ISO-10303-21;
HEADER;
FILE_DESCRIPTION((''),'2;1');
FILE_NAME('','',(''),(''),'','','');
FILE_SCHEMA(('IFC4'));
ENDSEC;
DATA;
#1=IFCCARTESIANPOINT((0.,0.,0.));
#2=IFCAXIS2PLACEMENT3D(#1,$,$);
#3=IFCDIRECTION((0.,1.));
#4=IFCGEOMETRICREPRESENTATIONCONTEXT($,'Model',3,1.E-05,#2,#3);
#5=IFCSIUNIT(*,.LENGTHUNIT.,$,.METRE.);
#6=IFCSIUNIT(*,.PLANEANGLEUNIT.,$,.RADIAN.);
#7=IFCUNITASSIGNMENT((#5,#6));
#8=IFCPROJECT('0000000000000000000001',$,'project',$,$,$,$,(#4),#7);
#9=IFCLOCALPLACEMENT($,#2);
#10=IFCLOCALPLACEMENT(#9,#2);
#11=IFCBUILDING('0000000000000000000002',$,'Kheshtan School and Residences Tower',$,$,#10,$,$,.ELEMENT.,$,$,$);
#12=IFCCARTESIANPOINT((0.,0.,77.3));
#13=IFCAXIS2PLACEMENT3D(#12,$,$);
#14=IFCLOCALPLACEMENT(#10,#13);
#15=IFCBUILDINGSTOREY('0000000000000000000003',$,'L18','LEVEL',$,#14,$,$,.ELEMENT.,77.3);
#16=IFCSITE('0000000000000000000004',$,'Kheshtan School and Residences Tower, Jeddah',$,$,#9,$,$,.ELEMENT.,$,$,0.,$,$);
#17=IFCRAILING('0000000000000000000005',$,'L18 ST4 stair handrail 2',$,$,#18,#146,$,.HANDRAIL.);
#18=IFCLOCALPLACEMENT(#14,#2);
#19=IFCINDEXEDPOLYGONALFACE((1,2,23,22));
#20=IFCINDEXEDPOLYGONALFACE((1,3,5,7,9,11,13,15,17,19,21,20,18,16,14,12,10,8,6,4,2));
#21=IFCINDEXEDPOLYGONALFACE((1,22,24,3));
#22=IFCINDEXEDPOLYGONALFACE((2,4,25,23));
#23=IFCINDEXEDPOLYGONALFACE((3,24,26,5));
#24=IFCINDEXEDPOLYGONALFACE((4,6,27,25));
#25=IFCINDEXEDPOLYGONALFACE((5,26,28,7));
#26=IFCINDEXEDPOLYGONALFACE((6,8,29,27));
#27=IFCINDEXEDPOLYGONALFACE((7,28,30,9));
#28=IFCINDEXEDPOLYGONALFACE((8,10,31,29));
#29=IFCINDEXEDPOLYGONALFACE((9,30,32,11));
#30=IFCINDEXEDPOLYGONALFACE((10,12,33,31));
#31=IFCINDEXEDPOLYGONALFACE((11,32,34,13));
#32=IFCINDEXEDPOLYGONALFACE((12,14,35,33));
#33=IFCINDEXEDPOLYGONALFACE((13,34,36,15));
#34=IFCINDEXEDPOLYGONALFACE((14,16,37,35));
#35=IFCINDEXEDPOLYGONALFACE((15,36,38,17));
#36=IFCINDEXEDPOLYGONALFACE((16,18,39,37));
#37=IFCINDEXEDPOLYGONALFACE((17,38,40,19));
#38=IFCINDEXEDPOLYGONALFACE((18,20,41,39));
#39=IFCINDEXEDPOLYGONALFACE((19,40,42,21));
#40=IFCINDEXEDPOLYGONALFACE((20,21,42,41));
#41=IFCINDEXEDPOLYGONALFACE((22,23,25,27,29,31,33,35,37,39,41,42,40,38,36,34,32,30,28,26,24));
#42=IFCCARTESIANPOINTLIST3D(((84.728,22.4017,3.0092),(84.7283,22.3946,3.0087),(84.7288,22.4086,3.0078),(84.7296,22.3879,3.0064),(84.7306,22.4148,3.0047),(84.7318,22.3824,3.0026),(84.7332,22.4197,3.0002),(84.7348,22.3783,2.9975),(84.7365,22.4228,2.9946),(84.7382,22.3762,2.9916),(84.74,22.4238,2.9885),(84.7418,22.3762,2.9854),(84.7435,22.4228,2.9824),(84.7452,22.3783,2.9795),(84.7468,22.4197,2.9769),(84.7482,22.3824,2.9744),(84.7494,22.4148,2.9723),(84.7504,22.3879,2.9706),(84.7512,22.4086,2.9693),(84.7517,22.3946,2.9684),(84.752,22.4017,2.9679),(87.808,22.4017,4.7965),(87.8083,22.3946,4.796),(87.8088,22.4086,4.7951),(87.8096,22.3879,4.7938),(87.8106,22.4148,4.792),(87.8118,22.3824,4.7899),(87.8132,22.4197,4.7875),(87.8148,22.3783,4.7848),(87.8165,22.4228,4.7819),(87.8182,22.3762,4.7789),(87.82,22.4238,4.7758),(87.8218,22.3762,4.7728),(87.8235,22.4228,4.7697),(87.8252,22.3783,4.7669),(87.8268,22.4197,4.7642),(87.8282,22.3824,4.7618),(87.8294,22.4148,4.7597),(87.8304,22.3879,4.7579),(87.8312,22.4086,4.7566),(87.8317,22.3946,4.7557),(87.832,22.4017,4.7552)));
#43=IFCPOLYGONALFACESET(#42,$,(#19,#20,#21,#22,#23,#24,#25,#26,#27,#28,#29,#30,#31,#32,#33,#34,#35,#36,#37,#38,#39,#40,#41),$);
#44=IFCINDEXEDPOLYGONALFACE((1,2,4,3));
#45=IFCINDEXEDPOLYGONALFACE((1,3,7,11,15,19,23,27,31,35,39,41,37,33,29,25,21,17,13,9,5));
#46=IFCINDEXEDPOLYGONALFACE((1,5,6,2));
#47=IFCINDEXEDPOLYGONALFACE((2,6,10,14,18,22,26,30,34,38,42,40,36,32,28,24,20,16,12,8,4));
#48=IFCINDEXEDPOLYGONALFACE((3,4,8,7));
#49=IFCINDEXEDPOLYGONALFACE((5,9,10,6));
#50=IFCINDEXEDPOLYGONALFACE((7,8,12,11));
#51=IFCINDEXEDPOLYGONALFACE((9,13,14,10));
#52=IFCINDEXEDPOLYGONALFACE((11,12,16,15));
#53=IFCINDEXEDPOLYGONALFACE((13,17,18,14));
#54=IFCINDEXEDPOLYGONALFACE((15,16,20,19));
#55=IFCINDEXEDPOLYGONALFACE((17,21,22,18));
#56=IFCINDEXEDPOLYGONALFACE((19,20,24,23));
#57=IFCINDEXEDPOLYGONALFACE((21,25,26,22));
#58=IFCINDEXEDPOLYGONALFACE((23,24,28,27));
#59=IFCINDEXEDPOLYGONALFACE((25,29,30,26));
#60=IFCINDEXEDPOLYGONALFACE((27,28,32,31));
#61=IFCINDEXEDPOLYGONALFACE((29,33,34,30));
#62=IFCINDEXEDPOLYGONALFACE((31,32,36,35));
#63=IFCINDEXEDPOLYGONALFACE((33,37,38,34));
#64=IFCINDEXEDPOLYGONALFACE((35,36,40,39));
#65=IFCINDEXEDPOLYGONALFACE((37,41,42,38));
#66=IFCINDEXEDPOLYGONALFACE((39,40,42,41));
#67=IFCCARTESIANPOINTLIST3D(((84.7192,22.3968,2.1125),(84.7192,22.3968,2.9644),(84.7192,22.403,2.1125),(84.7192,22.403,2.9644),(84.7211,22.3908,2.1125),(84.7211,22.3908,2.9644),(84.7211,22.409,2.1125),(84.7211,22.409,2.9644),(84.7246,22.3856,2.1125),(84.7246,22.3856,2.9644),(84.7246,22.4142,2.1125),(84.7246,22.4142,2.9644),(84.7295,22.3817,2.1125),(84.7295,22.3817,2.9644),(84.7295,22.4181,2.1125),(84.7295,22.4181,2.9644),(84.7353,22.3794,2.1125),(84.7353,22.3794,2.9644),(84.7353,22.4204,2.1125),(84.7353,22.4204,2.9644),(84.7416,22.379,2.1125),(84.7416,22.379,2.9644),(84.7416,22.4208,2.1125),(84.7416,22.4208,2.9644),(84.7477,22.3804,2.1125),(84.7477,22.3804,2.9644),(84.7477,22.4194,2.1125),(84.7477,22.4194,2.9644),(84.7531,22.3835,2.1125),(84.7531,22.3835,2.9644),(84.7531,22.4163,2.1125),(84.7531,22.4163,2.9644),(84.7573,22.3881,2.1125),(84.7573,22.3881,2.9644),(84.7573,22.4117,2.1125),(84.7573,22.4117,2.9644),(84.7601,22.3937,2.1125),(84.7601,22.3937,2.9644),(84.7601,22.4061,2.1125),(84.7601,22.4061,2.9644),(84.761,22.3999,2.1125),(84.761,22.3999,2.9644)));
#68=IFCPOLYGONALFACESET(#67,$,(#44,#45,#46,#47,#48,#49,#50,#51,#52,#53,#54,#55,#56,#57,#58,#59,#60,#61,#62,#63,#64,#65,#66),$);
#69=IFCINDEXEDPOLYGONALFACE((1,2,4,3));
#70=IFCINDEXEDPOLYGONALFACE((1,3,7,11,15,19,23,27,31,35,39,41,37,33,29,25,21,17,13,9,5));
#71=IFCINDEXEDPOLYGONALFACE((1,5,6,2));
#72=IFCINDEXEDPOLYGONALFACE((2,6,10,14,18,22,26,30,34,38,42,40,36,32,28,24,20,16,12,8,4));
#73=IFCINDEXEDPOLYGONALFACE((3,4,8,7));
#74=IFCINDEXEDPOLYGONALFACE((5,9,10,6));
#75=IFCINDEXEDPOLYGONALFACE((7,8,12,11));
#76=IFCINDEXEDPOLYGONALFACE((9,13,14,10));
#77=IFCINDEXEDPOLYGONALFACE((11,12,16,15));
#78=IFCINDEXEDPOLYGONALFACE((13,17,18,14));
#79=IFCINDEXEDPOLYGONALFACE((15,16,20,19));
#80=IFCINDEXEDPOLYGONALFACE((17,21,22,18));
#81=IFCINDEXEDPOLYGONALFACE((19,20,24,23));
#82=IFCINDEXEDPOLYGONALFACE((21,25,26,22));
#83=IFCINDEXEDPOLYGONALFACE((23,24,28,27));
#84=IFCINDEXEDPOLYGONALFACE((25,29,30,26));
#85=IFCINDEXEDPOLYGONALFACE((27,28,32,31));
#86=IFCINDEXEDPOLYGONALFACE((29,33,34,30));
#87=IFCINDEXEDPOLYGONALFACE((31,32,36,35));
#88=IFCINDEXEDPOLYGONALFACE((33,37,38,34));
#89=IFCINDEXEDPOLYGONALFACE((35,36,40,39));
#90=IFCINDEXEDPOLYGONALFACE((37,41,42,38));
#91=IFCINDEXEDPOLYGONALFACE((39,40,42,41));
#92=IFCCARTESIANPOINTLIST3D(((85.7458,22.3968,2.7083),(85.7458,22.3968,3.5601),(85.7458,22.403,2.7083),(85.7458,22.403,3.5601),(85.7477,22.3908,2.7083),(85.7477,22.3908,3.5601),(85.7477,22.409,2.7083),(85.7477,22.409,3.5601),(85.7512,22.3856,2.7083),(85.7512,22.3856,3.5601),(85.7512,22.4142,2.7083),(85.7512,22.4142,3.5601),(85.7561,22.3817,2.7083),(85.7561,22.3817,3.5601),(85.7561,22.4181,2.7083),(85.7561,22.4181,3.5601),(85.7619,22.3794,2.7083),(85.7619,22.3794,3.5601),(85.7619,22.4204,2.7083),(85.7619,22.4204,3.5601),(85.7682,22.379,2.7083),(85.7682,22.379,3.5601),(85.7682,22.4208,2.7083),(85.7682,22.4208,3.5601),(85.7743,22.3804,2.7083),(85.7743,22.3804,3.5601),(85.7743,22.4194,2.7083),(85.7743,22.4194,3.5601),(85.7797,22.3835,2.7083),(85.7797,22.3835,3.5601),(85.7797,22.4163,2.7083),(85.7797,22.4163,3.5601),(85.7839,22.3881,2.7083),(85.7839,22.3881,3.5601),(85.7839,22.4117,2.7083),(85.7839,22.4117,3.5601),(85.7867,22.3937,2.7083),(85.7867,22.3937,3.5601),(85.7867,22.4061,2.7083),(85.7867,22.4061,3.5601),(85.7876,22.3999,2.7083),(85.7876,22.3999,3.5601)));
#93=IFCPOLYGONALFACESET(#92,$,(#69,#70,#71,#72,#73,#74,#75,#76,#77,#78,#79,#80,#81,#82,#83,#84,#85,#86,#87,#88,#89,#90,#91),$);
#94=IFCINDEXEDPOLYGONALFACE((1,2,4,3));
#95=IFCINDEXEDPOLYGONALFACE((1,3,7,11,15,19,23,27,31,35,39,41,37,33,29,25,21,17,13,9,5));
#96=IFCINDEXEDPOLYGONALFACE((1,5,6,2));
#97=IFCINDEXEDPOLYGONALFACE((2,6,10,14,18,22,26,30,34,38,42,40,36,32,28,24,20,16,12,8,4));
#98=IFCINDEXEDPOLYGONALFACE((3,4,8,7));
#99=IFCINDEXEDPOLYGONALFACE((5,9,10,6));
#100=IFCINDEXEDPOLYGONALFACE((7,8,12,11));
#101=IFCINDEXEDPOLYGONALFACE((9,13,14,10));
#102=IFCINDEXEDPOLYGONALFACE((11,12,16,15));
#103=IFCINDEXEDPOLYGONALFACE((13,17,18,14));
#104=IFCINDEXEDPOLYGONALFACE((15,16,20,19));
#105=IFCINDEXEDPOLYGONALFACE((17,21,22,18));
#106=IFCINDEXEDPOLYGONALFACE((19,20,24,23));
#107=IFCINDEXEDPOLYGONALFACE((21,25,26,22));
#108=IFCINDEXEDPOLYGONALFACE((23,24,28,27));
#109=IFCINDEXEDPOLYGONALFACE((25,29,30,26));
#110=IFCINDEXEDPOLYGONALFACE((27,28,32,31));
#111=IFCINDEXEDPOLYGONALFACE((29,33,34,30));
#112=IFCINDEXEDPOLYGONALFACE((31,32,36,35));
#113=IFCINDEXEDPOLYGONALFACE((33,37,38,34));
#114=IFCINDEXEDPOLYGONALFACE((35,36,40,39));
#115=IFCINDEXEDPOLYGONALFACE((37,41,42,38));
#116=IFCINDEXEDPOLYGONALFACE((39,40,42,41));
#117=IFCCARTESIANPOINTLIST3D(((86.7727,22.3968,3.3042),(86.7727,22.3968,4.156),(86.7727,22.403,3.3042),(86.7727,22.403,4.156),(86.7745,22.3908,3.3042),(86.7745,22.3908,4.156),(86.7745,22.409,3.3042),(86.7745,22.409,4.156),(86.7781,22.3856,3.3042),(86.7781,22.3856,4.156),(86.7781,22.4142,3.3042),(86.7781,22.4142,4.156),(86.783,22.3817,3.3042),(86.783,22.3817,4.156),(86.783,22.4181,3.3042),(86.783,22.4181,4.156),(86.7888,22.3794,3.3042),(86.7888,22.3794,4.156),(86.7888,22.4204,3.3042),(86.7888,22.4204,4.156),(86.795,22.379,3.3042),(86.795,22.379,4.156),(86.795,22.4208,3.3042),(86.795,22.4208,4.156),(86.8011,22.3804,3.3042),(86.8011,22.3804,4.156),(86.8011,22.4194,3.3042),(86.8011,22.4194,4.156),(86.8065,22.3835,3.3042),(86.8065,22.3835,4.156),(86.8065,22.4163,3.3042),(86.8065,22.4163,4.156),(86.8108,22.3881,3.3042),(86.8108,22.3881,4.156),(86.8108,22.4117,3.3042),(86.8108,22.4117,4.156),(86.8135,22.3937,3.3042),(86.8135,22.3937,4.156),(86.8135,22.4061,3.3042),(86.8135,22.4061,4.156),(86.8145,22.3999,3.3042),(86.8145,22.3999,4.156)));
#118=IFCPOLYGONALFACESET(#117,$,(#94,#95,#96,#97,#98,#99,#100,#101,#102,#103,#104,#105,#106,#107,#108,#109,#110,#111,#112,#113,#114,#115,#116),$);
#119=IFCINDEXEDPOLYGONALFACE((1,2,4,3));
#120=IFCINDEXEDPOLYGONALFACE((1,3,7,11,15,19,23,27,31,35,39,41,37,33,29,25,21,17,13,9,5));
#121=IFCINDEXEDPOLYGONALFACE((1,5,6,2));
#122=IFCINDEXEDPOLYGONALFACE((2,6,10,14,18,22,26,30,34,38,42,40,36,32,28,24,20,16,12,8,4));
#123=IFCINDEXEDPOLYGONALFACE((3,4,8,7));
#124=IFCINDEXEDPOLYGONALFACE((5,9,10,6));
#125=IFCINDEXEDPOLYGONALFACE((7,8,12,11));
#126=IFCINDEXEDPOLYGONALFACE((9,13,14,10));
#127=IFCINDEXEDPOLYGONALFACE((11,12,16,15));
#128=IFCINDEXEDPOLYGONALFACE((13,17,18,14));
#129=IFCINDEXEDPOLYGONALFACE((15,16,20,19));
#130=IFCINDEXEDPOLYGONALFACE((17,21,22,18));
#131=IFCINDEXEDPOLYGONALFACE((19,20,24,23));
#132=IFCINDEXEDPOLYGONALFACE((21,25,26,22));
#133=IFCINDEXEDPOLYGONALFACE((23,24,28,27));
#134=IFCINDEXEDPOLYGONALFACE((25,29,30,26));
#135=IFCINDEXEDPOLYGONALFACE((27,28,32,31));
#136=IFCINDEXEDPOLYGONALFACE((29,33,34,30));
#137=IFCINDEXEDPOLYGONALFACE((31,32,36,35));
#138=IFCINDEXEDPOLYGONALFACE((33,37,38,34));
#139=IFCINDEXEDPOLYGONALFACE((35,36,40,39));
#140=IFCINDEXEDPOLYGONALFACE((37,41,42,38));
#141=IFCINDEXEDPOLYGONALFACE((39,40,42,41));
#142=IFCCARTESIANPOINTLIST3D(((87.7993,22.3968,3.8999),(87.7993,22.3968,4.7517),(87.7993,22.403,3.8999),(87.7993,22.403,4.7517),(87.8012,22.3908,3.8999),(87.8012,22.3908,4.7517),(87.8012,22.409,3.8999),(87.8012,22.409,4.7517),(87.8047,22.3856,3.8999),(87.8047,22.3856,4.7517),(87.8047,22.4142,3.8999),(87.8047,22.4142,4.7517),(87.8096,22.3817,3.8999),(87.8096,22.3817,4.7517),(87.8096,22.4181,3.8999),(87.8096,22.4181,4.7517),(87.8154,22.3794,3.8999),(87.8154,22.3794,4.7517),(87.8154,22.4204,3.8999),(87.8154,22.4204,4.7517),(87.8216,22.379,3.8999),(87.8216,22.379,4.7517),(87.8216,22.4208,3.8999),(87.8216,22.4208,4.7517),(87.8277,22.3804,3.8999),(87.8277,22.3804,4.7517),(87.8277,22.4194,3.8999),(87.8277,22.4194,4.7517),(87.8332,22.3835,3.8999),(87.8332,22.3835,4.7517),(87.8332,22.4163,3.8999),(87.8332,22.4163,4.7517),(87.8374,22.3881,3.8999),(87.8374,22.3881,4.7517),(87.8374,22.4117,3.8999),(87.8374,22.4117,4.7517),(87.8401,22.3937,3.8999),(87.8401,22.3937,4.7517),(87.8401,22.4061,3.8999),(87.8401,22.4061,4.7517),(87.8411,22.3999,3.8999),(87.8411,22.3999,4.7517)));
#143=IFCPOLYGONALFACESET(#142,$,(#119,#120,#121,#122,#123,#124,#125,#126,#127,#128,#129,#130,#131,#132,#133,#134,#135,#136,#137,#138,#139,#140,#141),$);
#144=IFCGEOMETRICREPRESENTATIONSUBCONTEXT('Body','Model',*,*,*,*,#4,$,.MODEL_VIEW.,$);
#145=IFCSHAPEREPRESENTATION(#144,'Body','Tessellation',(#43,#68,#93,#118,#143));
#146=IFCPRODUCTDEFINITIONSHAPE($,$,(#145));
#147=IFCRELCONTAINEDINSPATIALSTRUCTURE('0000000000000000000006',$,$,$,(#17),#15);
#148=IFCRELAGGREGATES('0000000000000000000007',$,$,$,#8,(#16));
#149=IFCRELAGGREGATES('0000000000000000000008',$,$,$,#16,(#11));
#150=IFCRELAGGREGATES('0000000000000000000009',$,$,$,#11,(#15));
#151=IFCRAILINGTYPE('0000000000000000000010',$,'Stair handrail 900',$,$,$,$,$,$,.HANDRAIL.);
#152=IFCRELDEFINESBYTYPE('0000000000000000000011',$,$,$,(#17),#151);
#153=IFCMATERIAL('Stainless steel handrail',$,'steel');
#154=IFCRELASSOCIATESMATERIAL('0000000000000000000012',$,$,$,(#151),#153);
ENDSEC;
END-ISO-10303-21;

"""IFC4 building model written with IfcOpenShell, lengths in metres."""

from ifc_helpers import new_model, si_unit, direction, frame, origin, origin_2d, place, context, subcontext, project, spatial, circle, extrude, material, type_object, element, save


model = new_model("IFC4")

# Units and contexts
model_context = context("Model", 3, precision=1e-05, world=origin(), true_north=direction((0.0, 1.0)))
body_context = subcontext(model_context, "Body", "Model", "MODEL_VIEW")
ifc_project = project(units=[si_unit("LENGTHUNIT", "METRE"), si_unit("PLANEANGLEUNIT", "RADIAN")], contexts=[model_context])

# Site, building, storey
site_placement = place(None, origin())
site = spatial("IfcSite", under=ifc_project, at=site_placement, Name="Kheshtan School and Residences Tower, Jeddah", CompositionType="ELEMENT", RefElevation=0.0)
building_placement = place(site_placement, origin())
building = spatial("IfcBuilding", under=site, at=building_placement, Name="Kheshtan School and Residences Tower", CompositionType="ELEMENT")
storey_placement = place(building_placement, frame((0.0, 0.0, 77.3)))
storey = spatial("IfcBuildingStorey", under=building, at=storey_placement, Name="L18", Description="LEVEL", CompositionType="ELEMENT", Elevation=77.3)

# Railing
ifc_material_1 = material(Name="Stainless steel handrail", Category="steel")
railing_type_1 = type_object("IfcRailingType", Name="Stair handrail 900", PredefinedType="HANDRAIL", material=ifc_material_1)
railing_1_placement = place(storey_placement, frame((84.74, 22.3999, 2.1125)))
element("IfcRailing", 1, at=railing_1_placement, inside=storey, type_object=railing_type_1, Name="L18 ST4 stair handrail 2", PredefinedType="HANDRAIL", context=body_context, shape_type="SweptSolid", body=[
    extrude(circle(Radius=0.0239, at=origin_2d()), frame((0.0, 0.0, 0.876), z_axis=(0.86492, 0.0, 0.501909), x_axis=(0.0, 1.0, 0.0)), (0.0, 0.0, 1.0), 3.561),
    extrude(circle(Radius=0.021, at=origin_2d()), origin(), (0.0, 0.0, 1.0), 0.8518),
    extrude(circle(Radius=0.021, at=origin_2d()), frame((1.0266, 0.0, 0.5957)), (0.0, 0.0, 1.0), 0.8518),
    extrude(circle(Radius=0.021, at=origin_2d()), frame((2.0535, 0.0, 1.1917)), (0.0, 0.0, 1.0), 0.8518),
    extrude(circle(Radius=0.021, at=origin_2d()), frame((3.0801, 0.0, 1.7874)), (0.0, 0.0, 1.0), 0.8518),
])

save(model, "model.ifc")
